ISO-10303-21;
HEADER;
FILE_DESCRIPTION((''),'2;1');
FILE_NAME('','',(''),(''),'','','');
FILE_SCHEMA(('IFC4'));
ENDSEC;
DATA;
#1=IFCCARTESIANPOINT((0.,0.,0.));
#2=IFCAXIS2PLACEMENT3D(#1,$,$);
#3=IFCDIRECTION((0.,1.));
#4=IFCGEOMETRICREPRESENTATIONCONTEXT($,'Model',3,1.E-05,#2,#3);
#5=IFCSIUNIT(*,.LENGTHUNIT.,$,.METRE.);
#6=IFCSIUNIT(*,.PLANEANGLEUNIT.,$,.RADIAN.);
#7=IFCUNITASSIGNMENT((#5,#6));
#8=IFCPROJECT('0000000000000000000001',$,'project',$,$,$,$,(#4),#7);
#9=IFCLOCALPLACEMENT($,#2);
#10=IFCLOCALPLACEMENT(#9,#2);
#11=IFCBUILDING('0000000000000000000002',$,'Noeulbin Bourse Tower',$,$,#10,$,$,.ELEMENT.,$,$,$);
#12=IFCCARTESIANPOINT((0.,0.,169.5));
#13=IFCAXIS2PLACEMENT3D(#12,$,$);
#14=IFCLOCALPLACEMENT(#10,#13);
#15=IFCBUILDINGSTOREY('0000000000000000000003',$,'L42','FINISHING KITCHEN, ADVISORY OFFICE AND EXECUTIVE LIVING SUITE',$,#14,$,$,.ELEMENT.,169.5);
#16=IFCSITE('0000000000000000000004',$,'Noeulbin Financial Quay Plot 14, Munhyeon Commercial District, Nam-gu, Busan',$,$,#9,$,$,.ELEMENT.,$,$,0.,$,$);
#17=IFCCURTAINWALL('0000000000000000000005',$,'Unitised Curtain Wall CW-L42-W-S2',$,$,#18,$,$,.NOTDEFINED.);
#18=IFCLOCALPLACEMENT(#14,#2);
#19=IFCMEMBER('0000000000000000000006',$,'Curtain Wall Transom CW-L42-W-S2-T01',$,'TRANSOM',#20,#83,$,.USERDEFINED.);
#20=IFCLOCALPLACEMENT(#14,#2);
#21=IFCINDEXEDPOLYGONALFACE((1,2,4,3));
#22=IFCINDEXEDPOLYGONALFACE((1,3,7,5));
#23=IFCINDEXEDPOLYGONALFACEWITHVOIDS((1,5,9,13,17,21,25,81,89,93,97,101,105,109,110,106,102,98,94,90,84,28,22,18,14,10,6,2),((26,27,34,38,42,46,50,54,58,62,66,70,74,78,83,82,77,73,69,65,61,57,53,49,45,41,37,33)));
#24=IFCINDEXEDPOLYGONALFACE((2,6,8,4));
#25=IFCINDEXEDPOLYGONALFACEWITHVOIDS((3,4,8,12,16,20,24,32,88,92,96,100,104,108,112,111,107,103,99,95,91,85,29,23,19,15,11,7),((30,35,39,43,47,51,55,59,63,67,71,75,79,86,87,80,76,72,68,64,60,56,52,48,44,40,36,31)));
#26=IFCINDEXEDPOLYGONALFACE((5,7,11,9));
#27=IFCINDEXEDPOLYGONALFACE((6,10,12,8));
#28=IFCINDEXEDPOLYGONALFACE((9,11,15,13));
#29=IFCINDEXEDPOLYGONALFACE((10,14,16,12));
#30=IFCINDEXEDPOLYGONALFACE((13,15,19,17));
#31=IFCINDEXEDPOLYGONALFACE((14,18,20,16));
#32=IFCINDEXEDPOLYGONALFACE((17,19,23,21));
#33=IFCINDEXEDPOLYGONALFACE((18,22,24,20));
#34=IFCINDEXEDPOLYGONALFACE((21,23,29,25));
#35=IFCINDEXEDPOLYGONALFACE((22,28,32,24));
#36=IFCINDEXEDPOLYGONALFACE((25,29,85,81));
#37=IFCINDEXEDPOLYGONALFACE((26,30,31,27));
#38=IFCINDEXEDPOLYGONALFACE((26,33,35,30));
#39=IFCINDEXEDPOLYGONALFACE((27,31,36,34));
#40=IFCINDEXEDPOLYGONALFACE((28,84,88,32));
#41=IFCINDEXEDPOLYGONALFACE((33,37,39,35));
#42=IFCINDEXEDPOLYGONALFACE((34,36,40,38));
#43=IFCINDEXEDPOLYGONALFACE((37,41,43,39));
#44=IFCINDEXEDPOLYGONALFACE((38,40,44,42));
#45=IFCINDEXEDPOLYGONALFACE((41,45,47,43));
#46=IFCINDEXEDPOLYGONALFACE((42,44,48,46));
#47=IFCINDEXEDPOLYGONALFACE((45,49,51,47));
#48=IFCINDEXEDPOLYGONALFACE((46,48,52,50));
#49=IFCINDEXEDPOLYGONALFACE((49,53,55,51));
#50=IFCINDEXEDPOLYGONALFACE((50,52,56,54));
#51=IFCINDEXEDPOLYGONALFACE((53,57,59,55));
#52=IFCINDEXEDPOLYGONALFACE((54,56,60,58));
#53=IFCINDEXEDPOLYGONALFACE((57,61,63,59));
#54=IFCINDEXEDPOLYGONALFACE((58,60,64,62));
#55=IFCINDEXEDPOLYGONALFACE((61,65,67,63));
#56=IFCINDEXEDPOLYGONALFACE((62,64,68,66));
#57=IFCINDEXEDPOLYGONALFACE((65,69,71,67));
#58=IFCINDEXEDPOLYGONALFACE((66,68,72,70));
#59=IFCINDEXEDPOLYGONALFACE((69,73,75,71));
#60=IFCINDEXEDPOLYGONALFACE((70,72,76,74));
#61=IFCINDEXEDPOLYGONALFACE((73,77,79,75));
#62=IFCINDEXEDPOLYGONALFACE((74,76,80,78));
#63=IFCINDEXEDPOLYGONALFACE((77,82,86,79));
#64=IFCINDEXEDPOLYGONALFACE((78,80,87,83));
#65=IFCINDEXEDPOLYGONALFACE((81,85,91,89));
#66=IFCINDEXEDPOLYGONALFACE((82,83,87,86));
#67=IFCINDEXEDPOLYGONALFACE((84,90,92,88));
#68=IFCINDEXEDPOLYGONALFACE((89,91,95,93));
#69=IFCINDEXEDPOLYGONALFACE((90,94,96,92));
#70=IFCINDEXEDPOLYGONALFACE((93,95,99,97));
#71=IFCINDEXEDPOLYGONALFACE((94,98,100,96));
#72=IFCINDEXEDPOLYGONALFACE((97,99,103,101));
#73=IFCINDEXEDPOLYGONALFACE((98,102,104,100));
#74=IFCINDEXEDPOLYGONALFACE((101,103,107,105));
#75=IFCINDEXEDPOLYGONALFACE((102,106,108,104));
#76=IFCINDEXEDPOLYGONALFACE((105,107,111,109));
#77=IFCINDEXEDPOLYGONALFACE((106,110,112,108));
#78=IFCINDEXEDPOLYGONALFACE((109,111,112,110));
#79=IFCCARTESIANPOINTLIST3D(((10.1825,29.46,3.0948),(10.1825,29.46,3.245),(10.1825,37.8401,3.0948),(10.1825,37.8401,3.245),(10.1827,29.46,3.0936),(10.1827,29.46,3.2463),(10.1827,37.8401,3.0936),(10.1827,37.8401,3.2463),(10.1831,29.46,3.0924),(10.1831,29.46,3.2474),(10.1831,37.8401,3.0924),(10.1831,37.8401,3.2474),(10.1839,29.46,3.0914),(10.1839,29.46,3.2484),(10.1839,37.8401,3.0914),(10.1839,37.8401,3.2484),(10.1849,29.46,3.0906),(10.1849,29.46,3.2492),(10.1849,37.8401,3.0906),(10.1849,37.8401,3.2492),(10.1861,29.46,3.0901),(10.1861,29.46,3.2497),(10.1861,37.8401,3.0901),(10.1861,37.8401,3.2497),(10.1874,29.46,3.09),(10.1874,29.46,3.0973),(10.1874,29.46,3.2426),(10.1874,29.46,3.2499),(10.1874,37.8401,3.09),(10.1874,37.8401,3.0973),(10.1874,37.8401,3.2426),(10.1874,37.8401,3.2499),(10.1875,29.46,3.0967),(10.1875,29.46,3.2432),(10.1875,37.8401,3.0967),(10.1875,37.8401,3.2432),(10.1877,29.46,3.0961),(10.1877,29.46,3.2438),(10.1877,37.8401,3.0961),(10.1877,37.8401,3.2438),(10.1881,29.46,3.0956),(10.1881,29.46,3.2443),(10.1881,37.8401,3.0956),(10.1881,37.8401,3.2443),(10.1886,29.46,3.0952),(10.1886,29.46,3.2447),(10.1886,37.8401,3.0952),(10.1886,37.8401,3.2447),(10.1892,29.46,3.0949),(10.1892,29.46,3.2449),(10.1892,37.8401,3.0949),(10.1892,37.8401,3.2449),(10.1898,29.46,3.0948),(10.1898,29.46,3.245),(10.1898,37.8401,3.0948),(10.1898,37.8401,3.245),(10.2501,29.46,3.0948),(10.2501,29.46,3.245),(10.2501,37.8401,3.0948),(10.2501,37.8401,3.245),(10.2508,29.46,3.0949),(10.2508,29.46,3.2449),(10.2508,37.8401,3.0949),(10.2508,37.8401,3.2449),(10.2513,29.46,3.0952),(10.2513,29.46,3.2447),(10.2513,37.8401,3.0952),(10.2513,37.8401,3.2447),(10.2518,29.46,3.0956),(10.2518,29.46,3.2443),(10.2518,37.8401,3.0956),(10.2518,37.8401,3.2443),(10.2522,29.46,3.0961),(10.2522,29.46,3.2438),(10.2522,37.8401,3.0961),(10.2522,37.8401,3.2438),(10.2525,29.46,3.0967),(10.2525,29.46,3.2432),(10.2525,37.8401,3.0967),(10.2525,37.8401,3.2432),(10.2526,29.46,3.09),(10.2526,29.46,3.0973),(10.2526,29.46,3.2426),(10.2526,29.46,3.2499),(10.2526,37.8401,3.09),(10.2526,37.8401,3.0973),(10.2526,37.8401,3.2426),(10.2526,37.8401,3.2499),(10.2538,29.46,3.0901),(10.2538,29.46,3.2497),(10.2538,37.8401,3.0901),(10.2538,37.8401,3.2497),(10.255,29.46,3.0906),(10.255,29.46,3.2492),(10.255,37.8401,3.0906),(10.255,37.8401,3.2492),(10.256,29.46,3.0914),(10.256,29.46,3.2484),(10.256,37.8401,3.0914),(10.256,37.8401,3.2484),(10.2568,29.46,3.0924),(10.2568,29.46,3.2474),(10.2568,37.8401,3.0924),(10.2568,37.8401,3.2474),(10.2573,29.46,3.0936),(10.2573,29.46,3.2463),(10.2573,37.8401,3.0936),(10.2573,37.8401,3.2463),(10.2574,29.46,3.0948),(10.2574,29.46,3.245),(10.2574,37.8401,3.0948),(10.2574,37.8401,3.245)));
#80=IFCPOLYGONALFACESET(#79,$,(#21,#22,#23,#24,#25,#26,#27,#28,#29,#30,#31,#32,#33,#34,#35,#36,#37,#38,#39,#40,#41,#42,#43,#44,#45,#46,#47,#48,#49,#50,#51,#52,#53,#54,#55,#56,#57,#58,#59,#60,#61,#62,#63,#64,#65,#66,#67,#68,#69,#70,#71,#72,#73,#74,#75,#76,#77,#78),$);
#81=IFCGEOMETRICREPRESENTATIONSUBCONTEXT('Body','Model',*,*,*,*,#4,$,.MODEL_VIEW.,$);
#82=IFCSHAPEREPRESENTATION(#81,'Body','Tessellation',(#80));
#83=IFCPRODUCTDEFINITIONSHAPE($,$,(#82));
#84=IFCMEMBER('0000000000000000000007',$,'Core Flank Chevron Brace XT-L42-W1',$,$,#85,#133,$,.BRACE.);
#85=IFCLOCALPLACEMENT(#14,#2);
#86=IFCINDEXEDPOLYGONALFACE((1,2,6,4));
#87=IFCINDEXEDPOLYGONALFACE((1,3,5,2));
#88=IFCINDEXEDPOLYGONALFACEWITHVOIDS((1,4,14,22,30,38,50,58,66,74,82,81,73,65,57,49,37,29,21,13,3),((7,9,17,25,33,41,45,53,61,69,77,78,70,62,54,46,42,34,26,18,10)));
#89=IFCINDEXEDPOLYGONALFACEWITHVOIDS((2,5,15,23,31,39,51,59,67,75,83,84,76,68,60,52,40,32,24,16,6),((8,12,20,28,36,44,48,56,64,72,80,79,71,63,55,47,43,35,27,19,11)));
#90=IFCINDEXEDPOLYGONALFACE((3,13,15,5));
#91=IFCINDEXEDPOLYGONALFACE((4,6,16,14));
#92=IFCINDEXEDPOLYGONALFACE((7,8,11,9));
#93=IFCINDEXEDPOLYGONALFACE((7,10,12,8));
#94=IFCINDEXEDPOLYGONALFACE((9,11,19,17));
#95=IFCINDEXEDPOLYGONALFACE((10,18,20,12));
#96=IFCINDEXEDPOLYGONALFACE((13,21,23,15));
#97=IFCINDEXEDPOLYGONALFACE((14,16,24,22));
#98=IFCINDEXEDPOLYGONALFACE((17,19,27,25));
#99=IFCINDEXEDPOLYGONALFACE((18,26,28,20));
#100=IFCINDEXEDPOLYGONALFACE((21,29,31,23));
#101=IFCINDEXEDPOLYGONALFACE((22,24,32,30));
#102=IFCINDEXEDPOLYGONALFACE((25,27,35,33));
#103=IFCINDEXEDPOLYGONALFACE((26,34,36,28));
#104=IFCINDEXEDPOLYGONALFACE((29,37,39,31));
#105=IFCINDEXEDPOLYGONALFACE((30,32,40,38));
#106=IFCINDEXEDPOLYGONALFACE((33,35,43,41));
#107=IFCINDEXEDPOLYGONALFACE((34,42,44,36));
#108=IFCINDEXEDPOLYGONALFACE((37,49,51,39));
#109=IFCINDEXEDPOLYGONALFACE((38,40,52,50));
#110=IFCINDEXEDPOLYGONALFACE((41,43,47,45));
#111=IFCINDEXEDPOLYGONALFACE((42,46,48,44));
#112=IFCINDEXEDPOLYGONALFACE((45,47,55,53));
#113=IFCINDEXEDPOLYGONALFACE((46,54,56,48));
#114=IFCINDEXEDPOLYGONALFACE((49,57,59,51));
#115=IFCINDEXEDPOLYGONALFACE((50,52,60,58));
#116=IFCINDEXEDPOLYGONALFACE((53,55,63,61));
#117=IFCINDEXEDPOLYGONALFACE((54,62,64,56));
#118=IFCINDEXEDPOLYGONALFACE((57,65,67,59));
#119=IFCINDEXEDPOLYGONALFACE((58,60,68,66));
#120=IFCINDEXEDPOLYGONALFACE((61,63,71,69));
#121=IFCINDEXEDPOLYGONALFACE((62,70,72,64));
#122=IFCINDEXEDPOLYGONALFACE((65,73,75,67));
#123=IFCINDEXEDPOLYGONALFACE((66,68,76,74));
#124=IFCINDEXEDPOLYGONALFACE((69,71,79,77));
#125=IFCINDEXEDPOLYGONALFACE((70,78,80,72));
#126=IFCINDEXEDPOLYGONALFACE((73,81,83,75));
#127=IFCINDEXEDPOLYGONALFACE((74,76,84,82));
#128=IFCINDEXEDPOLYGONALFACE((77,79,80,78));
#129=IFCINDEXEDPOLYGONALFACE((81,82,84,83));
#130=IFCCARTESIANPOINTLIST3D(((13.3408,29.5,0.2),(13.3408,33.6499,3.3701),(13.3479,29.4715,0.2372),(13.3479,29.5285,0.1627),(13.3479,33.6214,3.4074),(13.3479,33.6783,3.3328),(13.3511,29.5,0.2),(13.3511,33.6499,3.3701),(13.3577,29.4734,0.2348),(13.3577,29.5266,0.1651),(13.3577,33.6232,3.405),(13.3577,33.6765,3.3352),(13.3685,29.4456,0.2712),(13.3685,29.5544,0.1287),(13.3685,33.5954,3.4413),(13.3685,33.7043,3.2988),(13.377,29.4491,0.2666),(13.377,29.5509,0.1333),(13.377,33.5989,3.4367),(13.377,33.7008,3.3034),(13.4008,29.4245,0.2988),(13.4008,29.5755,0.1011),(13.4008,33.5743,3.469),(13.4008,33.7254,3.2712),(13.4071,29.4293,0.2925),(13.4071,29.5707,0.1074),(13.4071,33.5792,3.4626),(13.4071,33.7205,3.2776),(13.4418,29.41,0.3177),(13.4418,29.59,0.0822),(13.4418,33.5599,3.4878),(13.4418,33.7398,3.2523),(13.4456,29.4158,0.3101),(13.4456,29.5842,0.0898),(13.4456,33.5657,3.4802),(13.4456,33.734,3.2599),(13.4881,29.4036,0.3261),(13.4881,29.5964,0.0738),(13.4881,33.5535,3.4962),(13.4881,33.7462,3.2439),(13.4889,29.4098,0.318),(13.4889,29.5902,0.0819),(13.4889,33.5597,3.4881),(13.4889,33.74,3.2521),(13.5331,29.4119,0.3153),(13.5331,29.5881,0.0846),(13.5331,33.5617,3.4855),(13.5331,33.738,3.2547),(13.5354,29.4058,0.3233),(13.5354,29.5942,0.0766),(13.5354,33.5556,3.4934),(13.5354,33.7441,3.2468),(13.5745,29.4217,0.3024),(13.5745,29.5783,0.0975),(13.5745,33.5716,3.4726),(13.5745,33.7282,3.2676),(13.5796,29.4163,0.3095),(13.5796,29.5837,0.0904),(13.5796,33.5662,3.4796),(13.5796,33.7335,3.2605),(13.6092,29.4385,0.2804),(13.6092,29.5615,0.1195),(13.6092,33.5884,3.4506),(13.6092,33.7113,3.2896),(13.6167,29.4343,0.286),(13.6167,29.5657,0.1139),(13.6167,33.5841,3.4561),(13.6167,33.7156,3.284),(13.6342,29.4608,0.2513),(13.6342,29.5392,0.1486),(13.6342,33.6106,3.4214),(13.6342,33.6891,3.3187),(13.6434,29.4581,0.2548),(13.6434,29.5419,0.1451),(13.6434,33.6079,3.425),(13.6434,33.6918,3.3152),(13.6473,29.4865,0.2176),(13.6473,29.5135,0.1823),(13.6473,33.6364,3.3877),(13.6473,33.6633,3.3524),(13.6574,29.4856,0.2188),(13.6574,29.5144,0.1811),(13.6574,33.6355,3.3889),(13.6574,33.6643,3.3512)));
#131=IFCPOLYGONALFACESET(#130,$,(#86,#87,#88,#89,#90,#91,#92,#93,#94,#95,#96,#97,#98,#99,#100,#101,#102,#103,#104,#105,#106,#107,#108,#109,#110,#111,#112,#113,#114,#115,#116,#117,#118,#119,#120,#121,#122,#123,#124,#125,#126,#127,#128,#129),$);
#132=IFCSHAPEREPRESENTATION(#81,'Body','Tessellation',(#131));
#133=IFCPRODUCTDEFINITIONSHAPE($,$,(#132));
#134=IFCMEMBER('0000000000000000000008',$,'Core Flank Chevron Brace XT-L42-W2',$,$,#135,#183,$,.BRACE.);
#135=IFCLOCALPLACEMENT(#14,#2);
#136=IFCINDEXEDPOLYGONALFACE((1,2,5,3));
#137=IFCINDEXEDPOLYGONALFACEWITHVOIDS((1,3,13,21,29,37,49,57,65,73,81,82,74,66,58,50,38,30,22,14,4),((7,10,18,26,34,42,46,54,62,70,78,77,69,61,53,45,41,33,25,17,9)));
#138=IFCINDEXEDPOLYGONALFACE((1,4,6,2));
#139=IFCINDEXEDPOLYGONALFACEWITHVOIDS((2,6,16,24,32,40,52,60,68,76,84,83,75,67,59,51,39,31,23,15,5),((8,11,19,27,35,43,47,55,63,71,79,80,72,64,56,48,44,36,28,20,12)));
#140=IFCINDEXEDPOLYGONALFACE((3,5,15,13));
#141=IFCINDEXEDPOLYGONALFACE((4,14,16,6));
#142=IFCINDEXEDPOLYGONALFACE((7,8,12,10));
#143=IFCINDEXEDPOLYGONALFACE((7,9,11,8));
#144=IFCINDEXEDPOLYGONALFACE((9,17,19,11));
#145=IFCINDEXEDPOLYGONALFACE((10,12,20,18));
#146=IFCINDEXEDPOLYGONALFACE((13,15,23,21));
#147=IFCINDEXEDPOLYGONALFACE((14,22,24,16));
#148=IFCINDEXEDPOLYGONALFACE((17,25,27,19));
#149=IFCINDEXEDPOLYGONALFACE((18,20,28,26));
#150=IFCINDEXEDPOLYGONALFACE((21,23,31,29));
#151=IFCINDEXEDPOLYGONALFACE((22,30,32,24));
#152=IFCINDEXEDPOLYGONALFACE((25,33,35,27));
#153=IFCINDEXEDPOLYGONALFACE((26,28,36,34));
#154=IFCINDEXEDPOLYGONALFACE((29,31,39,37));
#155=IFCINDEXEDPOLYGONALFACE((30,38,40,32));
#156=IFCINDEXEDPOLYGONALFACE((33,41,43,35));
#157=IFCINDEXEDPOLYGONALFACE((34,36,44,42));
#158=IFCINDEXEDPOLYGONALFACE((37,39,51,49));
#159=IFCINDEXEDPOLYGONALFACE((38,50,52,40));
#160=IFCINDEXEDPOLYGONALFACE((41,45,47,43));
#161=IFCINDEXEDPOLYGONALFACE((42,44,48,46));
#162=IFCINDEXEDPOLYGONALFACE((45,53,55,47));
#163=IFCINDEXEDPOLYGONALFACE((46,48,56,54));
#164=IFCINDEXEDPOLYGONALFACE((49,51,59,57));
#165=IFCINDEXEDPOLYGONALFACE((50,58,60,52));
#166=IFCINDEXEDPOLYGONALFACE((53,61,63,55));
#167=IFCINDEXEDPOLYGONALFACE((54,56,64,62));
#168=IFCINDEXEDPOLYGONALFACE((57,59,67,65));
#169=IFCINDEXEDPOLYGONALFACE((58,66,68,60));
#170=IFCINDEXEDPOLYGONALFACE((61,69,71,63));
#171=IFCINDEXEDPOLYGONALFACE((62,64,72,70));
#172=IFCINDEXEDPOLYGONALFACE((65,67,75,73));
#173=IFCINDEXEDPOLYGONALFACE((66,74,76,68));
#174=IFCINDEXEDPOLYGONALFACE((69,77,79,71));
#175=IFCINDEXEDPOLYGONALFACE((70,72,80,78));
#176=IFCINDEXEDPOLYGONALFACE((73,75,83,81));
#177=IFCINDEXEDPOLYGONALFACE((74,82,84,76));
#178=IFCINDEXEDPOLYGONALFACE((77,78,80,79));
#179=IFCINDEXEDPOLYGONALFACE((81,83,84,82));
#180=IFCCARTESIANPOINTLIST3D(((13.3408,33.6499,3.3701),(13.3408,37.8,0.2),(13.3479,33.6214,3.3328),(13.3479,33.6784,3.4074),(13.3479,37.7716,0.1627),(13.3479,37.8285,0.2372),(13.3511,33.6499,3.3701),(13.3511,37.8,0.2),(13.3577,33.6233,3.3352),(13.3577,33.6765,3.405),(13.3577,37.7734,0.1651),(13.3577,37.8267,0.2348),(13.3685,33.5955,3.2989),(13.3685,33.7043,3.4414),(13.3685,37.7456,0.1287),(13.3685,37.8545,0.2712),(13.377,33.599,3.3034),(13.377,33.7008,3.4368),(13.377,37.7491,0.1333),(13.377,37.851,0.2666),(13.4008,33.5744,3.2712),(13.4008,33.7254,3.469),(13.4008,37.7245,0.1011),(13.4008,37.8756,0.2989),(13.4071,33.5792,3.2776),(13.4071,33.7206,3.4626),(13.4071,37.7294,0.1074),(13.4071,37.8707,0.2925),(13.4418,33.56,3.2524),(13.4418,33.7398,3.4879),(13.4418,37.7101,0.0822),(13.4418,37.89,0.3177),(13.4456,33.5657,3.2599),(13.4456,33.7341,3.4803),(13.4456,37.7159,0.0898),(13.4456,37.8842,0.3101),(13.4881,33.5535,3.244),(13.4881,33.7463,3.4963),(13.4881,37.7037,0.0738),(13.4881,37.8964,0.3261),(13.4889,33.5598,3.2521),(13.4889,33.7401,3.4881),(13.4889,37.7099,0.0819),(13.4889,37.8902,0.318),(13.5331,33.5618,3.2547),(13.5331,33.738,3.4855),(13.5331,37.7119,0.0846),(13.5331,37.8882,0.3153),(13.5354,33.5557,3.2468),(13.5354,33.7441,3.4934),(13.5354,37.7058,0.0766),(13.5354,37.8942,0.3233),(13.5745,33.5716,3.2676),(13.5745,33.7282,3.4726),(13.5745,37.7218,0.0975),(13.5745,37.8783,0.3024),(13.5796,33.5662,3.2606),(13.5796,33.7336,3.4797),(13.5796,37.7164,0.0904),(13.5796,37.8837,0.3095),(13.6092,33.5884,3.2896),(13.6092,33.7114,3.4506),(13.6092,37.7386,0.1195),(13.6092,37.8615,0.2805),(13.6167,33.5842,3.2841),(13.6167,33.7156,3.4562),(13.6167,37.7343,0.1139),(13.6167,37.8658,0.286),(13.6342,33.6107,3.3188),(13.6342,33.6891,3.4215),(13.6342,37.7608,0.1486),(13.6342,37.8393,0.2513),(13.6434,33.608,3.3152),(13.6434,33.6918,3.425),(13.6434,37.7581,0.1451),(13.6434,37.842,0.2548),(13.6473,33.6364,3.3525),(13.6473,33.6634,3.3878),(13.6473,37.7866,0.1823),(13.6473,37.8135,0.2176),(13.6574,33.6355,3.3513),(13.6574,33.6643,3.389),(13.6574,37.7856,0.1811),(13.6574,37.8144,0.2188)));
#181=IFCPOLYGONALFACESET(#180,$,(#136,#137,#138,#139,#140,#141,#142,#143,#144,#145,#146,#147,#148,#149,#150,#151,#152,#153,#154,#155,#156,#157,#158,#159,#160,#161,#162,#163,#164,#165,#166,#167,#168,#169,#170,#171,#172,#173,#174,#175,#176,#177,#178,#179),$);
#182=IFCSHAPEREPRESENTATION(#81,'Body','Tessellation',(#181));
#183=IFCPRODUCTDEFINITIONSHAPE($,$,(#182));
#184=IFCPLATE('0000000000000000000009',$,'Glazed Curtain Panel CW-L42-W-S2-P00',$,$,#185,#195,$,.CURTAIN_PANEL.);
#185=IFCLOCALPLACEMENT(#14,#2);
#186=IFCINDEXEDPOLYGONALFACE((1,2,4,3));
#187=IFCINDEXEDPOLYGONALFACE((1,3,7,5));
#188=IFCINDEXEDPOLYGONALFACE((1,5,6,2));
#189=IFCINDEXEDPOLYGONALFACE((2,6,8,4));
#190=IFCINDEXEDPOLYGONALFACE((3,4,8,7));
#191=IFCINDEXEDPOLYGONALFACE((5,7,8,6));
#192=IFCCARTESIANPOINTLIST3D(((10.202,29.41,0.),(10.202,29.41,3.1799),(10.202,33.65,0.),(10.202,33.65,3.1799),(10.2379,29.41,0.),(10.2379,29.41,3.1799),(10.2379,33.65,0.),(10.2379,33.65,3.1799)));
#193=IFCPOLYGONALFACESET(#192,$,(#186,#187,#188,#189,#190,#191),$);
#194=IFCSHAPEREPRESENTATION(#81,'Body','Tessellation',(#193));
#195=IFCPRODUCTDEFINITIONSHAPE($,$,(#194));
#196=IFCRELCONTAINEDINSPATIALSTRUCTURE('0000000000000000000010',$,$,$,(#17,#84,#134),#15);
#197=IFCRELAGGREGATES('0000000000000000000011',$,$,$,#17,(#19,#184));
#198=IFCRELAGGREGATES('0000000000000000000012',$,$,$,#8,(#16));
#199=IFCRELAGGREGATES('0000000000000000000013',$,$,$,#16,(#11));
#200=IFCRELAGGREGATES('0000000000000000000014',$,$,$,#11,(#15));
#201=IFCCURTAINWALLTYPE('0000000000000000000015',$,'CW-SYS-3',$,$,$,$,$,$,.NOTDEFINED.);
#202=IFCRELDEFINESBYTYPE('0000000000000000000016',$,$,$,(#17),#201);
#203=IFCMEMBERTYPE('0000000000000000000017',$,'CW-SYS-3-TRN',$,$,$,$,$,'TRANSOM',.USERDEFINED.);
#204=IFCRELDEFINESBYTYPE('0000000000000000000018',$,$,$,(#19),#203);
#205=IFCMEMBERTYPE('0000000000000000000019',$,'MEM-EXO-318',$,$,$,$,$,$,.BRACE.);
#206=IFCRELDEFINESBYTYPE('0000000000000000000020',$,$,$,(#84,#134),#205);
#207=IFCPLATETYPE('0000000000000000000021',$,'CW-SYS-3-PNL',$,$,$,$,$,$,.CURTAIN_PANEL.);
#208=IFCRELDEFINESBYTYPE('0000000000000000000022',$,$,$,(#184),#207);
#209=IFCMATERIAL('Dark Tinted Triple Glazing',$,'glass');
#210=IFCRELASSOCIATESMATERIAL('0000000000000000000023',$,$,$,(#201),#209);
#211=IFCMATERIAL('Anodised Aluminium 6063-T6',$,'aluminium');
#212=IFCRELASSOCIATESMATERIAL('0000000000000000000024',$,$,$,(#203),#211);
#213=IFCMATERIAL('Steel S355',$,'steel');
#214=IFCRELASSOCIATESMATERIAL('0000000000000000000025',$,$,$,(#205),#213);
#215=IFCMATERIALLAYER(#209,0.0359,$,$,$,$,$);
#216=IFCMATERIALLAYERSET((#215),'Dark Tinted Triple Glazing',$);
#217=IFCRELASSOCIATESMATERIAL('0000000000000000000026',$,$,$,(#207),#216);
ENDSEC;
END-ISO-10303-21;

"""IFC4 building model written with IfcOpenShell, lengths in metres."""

from ifc_helpers import new_model, si_unit, direction, frame, origin, origin_2d, place, context, subcontext, project, spatial, rectangle, hollow_rectangle, hollow_circle, extrude, material, layer, layer_set, material_profile, profile_set, type_object, element, aggregate, save


model = new_model("IFC4")

# Units and contexts
model_context = context("Model", 3, precision=1e-05, world=origin(), true_north=direction((0.0, 1.0)))
body_context = subcontext(model_context, "Body", "Model", "MODEL_VIEW")
ifc_project = project(units=[si_unit("LENGTHUNIT", "METRE"), si_unit("PLANEANGLEUNIT", "RADIAN")], contexts=[model_context])

# Site, building, storey
site_placement = place(None, origin())
site = spatial("IfcSite", under=ifc_project, at=site_placement, Name="Noeulbin Financial Quay Plot 14, Munhyeon Commercial District, Nam-gu, Busan", CompositionType="ELEMENT", RefElevation=0.0)
building_placement = place(site_placement, origin())
building = spatial("IfcBuilding", under=site, at=building_placement, Name="Noeulbin Bourse Tower", CompositionType="ELEMENT")
storey_placement = place(building_placement, frame((0.0, 0.0, 169.5)))
storey = spatial("IfcBuildingStorey", under=building, at=storey_placement, Name="L42", Description="FINISHING KITCHEN, ADVISORY OFFICE AND EXECUTIVE LIVING SUITE", CompositionType="ELEMENT", Elevation=169.5)

# Shared definitions
ifc_material_1 = material(Name="Steel S355", Category="steel")

# Curtain wall, member
ifc_material_2 = material(Name="Dark Tinted Triple Glazing", Category="glass")
curtain_wall_type = type_object("IfcCurtainWallType", Name="CW-SYS-3", PredefinedType="NOTDEFINED", material=ifc_material_2)
curtain_wall_placement = place(storey_placement, origin())
curtain_wall = element("IfcCurtainWall", 1, at=curtain_wall_placement, inside=storey, type_object=curtain_wall_type, Name="Unitised Curtain Wall CW-L42-W-S2", PredefinedType="NOTDEFINED")
ifc_material_3 = material(Name="Anodised Aluminium 6063-T6", Category="aluminium")
ifc_material_profile_1 = material_profile(ifc_material_3, hollow_rectangle(XDim=0.075, YDim=0.1599, WallThickness=0.0049, InnerFilletRadius=0.0024, OuterFilletRadius=0.0049, at=origin_2d()), Name="ALU-TRAN-75x160x5", Category="LoadBearing")
ifc_profile_set_1 = profile_set([ifc_material_profile_1], Name="Anodised Aluminium 6063-T6")
member_type_1 = type_object("IfcMemberType", Name="CW-SYS-3-TRN", ElementType="TRANSOM", PredefinedType="USERDEFINED", material=ifc_profile_set_1)
member_1_placement = place(storey_placement, frame((10.22, 29.46, 3.1699), z_axis=(0.0, 1.0, 0.0), x_axis=(-1.0, 0.0, 0.0)))
member_1 = element("IfcMember", 2, at=member_1_placement, type_object=member_type_1, Name="Curtain Wall Transom CW-L42-W-S2-T01", ObjectType="TRANSOM", PredefinedType="USERDEFINED", context=body_context, shape_type="SweptSolid", body=[
    extrude(hollow_rectangle(XDim=0.075, YDim=0.1599, WallThickness=0.0049, InnerFilletRadius=0.0024, OuterFilletRadius=0.0049, at=origin_2d()), origin(), (0.0, 0.0, 1.0), 8.3801),
])

# Members
ifc_material_profile_2 = material_profile(ifc_material_1, hollow_circle(Radius=0.1592, WallThickness=0.0103, at=origin_2d()), Name="CHS-318.5x10.3", Category="LoadBearing")
ifc_profile_set_2 = profile_set([ifc_material_profile_2], Name="Steel S355")
member_type_2 = type_object("IfcMemberType", Name="MEM-EXO-318", PredefinedType="BRACE", material=ifc_profile_set_2)
member_2_placement = place(storey_placement, frame((13.5, 29.5, 0.2), z_axis=(0.0, 0.794662, 0.607053), x_axis=(-1.0, 0.0, 0.0)))
element("IfcMember", 3, at=member_2_placement, inside=storey, type_object=member_type_2, Name="Core Flank Chevron Brace XT-L42-W1", PredefinedType="BRACE", context=body_context, shape_type="SweptSolid", body=[
    extrude(hollow_circle(Radius=0.1592, WallThickness=0.0103, at=origin_2d()), origin(), (0.0, 0.0, 1.0), 5.2222),
])
member_3_placement = place(storey_placement, frame((13.5, 33.6499, 3.3701), z_axis=(0.0, 0.794679, -0.60703), x_axis=(-1.0, 0.0, 0.0)))
element("IfcMember", 4, at=member_3_placement, inside=storey, type_object=member_type_2, Name="Core Flank Chevron Brace XT-L42-W2", PredefinedType="BRACE", context=body_context, shape_type="SweptSolid", body=[
    extrude(hollow_circle(Radius=0.1592, WallThickness=0.0103, at=origin_2d()), origin(), (0.0, 0.0, 1.0), 5.2224),
])

# Plate
ifc_layer_1 = layer(ifc_material_2, 0.0359)
ifc_layer_set_1 = layer_set([ifc_layer_1], Name="Dark Tinted Triple Glazing")
plate_type_1 = type_object("IfcPlateType", Name="CW-SYS-3-PNL", PredefinedType="CURTAIN_PANEL", material=ifc_layer_set_1)
plate_1_placement = place(storey_placement, frame((10.22, 31.53, 0.0), z_axis=(0.0, 0.0, 1.0), x_axis=(0.0, 1.0, 0.0)))
plate_1 = element("IfcPlate", 5, at=plate_1_placement, type_object=plate_type_1, Name="Glazed Curtain Panel CW-L42-W-S2-P00", PredefinedType="CURTAIN_PANEL", context=body_context, shape_type="SweptSolid", body=[
    extrude(rectangle(XDim=4.24, YDim=0.0359, at=origin_2d()), origin(), (0.0, 0.0, 1.0), 3.1799),
])
aggregate(curtain_wall, [member_1, plate_1])

save(model, "model.ifc")
